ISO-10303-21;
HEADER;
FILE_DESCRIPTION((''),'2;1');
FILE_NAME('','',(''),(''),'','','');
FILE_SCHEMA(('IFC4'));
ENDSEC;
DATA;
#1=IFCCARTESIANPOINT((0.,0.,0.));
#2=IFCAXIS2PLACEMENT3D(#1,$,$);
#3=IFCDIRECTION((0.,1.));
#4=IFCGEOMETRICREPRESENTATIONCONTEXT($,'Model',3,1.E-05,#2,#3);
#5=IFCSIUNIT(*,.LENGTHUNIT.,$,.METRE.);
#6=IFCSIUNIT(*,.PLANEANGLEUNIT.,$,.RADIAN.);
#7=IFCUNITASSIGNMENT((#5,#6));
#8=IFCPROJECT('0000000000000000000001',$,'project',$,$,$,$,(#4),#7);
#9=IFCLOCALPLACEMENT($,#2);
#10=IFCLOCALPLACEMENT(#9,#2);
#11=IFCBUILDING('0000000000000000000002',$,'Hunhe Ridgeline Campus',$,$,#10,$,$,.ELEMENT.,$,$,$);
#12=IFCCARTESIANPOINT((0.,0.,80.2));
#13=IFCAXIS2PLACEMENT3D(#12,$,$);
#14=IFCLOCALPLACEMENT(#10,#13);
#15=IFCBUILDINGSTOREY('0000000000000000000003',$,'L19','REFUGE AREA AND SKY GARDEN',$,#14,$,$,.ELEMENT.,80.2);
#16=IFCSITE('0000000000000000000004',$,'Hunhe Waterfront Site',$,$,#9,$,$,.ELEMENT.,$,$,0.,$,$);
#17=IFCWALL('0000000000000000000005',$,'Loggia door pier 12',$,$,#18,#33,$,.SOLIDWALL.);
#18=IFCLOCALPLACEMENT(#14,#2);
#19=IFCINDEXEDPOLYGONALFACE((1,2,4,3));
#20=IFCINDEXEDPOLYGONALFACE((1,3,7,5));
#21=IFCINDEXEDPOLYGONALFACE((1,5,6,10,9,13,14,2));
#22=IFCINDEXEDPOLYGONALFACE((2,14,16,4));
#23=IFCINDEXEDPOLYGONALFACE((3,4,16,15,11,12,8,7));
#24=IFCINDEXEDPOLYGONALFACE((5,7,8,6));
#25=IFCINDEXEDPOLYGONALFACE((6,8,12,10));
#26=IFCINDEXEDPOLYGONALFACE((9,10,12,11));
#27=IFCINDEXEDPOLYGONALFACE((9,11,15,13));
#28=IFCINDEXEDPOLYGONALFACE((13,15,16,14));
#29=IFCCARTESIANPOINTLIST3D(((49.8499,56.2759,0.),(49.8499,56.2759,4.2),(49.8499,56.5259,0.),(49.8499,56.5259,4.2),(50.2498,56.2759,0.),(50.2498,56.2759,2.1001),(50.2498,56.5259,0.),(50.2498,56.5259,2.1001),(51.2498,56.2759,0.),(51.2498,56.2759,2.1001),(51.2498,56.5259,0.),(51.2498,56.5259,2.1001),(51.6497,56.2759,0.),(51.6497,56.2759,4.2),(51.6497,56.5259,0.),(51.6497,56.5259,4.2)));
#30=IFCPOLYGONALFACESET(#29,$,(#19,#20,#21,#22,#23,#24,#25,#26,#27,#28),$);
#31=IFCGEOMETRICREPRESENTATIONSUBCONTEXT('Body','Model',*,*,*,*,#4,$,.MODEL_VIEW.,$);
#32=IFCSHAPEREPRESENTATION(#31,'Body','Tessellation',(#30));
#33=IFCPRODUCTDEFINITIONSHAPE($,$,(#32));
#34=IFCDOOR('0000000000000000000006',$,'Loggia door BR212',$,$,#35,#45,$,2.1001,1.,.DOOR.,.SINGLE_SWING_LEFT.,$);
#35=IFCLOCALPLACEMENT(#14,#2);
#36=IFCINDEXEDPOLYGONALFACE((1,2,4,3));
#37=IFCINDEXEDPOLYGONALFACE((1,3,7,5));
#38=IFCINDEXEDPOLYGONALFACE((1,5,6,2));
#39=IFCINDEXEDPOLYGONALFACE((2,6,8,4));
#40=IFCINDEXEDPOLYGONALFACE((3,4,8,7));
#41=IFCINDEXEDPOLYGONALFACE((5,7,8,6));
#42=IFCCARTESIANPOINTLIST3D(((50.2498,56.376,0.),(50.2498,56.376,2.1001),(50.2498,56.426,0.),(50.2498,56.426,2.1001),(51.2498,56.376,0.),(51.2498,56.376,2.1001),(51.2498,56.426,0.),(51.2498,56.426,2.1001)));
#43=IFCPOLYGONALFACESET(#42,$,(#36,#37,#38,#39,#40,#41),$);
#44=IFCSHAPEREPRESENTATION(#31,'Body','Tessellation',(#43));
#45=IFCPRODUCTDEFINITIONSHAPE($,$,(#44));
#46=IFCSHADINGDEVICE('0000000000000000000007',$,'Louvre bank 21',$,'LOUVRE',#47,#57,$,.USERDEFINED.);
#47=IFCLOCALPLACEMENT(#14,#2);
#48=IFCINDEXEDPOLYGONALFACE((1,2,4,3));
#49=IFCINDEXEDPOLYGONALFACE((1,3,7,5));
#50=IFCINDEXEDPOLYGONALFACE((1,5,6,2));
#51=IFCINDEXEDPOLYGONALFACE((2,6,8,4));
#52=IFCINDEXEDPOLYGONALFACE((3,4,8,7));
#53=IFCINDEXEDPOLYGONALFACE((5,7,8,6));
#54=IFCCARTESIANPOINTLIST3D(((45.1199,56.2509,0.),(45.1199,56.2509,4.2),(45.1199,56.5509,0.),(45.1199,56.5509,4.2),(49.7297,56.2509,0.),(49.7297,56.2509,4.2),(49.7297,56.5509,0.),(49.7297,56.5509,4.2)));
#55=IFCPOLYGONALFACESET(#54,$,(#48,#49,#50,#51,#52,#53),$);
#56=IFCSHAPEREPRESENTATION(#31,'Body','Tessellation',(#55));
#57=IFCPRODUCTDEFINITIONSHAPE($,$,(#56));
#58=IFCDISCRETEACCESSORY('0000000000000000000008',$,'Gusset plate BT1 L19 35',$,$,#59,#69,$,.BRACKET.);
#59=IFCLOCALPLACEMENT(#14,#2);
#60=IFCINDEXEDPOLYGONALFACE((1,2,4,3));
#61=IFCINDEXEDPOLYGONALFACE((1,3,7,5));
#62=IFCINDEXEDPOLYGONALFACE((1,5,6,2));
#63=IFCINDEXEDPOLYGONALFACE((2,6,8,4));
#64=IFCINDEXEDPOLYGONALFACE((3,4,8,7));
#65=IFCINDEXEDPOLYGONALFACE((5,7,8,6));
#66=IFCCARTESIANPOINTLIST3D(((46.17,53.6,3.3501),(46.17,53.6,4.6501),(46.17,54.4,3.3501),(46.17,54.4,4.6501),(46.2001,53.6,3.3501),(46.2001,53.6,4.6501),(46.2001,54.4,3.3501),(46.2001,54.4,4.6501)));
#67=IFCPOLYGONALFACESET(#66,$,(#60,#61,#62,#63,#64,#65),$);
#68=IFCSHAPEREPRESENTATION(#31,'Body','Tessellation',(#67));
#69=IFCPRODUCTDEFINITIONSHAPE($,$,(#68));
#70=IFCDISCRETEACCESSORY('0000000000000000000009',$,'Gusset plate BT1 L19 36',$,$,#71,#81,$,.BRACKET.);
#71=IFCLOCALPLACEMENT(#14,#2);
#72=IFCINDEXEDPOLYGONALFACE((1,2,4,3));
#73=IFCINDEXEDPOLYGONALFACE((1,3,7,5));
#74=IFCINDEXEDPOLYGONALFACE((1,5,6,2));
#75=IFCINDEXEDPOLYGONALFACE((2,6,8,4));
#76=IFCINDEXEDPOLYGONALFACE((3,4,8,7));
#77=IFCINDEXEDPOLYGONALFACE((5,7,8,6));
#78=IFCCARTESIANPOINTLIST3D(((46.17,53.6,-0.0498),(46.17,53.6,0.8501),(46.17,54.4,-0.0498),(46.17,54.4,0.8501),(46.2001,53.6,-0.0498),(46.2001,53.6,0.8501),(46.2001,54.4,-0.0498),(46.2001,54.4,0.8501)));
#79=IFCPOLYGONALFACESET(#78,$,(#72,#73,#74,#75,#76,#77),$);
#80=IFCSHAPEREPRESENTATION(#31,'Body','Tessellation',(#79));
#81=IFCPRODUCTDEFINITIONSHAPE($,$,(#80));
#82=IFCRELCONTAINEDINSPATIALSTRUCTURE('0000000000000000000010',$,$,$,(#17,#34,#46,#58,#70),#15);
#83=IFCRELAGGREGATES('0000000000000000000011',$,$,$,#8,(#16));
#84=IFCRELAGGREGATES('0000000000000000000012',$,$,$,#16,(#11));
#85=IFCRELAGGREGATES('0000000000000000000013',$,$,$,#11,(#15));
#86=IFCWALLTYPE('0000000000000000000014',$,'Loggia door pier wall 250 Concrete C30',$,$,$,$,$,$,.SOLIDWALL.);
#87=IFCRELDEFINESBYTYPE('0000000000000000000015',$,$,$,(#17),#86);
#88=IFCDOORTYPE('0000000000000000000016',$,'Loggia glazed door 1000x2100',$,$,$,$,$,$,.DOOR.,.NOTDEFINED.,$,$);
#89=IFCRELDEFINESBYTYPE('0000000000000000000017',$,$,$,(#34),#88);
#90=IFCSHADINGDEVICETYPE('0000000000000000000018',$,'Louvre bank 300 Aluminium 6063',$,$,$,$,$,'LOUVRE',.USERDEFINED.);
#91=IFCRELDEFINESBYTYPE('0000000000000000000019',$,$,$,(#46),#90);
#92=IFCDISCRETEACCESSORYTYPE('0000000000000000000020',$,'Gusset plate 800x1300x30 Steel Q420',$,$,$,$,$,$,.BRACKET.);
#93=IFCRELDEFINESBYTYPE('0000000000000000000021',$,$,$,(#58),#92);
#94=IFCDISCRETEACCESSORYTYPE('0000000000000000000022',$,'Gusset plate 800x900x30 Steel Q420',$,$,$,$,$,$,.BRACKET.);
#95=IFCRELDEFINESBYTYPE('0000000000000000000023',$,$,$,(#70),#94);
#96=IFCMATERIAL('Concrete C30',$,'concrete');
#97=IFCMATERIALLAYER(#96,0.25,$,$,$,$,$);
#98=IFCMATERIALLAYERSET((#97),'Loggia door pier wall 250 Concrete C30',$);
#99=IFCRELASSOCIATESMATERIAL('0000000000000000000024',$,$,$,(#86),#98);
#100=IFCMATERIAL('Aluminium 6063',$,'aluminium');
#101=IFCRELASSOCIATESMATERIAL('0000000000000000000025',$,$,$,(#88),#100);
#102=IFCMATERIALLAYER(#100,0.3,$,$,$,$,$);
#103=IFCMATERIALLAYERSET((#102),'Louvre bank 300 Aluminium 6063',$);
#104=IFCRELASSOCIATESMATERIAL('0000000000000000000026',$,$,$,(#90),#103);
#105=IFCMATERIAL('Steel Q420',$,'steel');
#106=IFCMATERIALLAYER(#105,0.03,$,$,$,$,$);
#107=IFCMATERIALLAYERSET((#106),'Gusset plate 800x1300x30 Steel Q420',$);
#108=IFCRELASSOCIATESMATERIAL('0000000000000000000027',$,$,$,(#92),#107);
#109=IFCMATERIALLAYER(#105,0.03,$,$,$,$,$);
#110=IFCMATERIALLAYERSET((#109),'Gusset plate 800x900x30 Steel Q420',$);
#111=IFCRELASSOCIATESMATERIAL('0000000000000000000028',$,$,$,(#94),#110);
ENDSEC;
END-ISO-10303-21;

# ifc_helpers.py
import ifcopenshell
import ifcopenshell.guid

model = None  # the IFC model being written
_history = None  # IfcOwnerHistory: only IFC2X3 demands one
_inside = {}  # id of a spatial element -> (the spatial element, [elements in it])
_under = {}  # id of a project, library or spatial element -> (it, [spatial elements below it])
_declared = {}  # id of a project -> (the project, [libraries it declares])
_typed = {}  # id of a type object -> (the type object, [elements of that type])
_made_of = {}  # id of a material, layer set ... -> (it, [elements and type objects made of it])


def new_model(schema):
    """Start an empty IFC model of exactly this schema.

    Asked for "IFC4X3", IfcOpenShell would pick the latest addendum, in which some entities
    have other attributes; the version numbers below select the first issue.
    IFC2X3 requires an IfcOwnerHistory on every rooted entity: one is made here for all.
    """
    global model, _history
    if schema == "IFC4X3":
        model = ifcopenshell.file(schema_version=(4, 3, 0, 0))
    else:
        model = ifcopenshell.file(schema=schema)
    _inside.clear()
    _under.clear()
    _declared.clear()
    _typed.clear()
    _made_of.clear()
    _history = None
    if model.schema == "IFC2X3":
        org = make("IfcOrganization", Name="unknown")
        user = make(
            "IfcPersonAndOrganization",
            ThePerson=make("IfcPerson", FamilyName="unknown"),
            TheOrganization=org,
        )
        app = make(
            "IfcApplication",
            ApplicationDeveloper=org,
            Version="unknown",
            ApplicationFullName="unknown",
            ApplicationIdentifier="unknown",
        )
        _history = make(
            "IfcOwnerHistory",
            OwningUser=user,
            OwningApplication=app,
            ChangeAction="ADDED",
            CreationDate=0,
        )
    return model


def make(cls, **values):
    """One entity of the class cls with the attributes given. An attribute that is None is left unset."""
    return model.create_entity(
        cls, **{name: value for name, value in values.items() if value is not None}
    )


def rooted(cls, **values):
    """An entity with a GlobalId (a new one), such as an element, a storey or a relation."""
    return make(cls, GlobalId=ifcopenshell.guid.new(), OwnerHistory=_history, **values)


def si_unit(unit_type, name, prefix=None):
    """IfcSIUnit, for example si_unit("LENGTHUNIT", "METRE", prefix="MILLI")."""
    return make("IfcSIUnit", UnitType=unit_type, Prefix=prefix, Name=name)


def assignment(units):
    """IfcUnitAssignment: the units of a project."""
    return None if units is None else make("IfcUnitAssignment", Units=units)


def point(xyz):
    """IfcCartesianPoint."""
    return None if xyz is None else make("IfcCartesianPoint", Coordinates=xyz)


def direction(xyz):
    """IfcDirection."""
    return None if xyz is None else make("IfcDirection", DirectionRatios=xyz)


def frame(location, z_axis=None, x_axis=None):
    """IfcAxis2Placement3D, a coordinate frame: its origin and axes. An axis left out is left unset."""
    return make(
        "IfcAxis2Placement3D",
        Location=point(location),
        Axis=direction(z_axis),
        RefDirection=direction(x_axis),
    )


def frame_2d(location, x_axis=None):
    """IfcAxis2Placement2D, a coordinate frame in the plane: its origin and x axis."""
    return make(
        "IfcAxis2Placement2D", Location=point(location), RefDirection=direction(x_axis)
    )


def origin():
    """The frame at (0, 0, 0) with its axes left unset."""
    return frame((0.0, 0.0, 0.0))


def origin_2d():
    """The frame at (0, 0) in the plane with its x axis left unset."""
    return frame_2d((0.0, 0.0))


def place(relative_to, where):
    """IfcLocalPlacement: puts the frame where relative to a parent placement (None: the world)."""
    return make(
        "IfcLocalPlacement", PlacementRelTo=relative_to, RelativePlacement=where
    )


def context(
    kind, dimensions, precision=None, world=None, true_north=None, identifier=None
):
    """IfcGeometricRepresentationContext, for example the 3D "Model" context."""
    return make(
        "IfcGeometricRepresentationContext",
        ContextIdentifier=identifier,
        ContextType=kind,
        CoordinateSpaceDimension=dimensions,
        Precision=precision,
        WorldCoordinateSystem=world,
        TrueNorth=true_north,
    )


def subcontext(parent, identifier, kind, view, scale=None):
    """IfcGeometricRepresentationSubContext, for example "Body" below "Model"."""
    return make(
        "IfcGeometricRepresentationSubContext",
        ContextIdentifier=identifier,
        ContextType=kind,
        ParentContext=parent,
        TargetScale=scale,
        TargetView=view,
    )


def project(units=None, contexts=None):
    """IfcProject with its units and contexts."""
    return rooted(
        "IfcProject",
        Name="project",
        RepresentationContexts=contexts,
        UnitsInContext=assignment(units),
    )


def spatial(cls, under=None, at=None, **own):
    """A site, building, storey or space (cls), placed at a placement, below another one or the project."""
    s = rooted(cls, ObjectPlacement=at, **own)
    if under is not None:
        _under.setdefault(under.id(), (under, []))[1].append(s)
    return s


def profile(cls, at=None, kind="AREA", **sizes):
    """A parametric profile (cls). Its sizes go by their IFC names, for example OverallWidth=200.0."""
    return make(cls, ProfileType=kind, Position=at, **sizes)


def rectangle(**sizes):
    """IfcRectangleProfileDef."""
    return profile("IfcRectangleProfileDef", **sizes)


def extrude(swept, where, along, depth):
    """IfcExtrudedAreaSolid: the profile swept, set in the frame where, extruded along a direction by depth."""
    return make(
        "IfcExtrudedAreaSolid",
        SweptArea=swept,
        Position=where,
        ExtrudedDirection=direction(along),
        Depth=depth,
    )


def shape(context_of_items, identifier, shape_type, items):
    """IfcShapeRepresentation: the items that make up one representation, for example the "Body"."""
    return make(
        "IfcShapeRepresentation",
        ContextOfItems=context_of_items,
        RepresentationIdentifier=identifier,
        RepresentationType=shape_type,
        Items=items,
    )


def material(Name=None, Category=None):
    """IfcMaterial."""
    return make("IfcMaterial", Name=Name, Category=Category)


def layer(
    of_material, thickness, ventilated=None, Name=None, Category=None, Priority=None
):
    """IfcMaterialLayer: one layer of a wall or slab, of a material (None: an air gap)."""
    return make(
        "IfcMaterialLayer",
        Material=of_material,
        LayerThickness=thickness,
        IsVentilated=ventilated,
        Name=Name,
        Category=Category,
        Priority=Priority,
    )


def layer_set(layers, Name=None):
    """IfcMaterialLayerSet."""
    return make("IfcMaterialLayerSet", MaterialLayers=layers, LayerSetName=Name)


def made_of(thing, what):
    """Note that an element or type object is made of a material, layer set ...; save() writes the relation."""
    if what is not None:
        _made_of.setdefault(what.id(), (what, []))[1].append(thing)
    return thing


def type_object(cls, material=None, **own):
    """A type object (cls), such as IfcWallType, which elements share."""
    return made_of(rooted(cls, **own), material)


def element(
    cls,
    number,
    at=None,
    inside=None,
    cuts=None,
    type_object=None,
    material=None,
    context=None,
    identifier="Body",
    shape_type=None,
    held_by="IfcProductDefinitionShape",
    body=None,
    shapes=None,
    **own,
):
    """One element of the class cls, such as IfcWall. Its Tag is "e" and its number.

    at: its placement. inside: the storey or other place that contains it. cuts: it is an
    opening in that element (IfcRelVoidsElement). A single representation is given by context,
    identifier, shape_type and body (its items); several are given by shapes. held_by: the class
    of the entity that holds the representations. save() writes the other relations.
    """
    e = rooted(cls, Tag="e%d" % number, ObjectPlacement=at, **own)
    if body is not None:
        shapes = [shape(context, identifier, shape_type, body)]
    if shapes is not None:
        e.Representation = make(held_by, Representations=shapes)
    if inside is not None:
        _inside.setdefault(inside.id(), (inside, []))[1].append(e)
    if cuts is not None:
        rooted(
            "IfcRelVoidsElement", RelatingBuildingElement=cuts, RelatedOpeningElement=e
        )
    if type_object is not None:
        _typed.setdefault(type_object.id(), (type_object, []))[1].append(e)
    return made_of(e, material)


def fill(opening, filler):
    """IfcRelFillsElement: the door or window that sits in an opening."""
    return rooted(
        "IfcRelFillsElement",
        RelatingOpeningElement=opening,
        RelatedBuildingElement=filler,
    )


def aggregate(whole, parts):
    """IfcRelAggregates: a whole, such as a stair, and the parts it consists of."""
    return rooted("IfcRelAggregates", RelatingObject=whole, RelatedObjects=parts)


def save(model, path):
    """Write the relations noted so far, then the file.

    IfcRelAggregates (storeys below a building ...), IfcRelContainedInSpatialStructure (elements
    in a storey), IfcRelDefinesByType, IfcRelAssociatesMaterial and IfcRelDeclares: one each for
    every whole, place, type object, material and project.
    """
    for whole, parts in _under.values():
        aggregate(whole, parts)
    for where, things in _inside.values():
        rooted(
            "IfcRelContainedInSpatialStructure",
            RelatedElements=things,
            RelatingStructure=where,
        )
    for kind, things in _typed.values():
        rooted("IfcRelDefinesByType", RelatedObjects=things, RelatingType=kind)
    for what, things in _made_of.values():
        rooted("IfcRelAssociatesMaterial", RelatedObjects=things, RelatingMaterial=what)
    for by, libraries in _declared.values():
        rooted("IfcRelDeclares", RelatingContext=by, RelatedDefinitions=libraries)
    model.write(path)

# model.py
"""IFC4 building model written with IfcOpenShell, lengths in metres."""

from ifc_helpers import new_model, si_unit, direction, frame, frame_2d, origin, origin_2d, place, context, subcontext, project, spatial, rectangle, extrude, material, layer, layer_set, type_object, element, fill, save


model = new_model("IFC4")

# Units and contexts
model_context = context("Model", 3, precision=1e-05, world=origin(), true_north=direction((0.0, 1.0)))
body_context = subcontext(model_context, "Body", "Model", "MODEL_VIEW")
ifc_project = project(units=[si_unit("LENGTHUNIT", "METRE"), si_unit("PLANEANGLEUNIT", "RADIAN")], contexts=[model_context])

# Site, building, storey
site_placement = place(None, origin())
site = spatial("IfcSite", under=ifc_project, at=site_placement, Name="Hunhe Waterfront Site", CompositionType="ELEMENT", RefElevation=0.0)
building_placement = place(site_placement, origin())
building = spatial("IfcBuilding", under=site, at=building_placement, Name="Hunhe Ridgeline Campus", CompositionType="ELEMENT")
storey_placement = place(building_placement, frame((0.0, 0.0, 80.2)))
storey = spatial("IfcBuildingStorey", under=building, at=storey_placement, Name="L19", Description="REFUGE AREA AND SKY GARDEN", CompositionType="ELEMENT", Elevation=80.2)

# Shared definitions
ifc_material_1 = material(Name="Steel Q420", Category="steel")
ifc_material_2 = material(Name="Aluminium 6063", Category="aluminium")

# Wall, opening, door
ifc_material_3 = material(Name="Concrete C30", Category="concrete")
ifc_layer_1 = layer(ifc_material_3, 0.25)
ifc_layer_set_1 = layer_set([ifc_layer_1], Name="Loggia door pier wall 250 Concrete C30")
wall_type_1 = type_object("IfcWallType", Name="Loggia door pier wall 250 Concrete C30", PredefinedType="SOLIDWALL", material=ifc_layer_set_1)
wall_1_placement = place(storey_placement, frame((49.8499, 56.4009, 0.0), z_axis=(0.0, 0.0, 1.0), x_axis=(1.0, 0.0, 0.0)))
wall_1 = element("IfcWall", 1, at=wall_1_placement, inside=storey, type_object=wall_type_1, Name="Loggia door pier 12", PredefinedType="SOLIDWALL", context=body_context, shape_type="SweptSolid", body=[
    extrude(rectangle(XDim=1.7998, YDim=0.25, at=frame_2d((0.8999, 0.0))), origin(), (0.0, 0.0, 1.0), 4.2),
])
opening_placement = place(wall_1_placement, frame((0.3999, 0.0, 0.0)))
opening = element("IfcOpeningElement", 2, at=opening_placement, cuts=wall_1, PredefinedType="OPENING", context=body_context, shape_type="SweptSolid", body=[
    extrude(rectangle(XDim=1.0, YDim=2.1001, at=frame_2d((0.5, 1.05))), frame((0.0, 0.125, 0.0), z_axis=(0.0, -1.0, 0.0), x_axis=(1.0, 0.0, 0.0)), (0.0, 0.0, 1.0), 0.25),
])
door_type = type_object("IfcDoorType", Name="Loggia glazed door 1000x2100", OperationType="NOTDEFINED", PredefinedType="DOOR", material=ifc_material_2)
door_placement = place(opening_placement, frame((1.0, 0.0, 0.0), z_axis=(0.0, 0.0, 1.0), x_axis=(-1.0, 0.0, 0.0)))
door = element("IfcDoor", 3, at=door_placement, inside=storey, type_object=door_type, Name="Loggia door BR212", OperationType="SINGLE_SWING_LEFT", OverallHeight=2.1001, OverallWidth=1.0, PredefinedType="DOOR", context=body_context, shape_type="SweptSolid", body=[
    extrude(rectangle(XDim=1.0, YDim=2.1001, at=frame_2d((0.5, 1.05))), frame((0.0, 0.0249, 0.0), z_axis=(0.0, -1.0, 0.0), x_axis=(1.0, 0.0, 0.0)), (0.0, 0.0, 1.0), 0.05),
])
fill(opening, door)

# Shading device
ifc_layer_2 = layer(ifc_material_2, 0.3)
ifc_layer_set_2 = layer_set([ifc_layer_2], Name="Louvre bank 300 Aluminium 6063")
shading_device_type = type_object("IfcShadingDeviceType", Name="Louvre bank 300 Aluminium 6063", ElementType="LOUVRE", PredefinedType="USERDEFINED", material=ifc_layer_set_2)
shading_device_placement = place(storey_placement, frame((47.4248, 56.4009, 0.0), z_axis=(0.0, 0.0, 1.0), x_axis=(1.0, 0.0, 0.0)))
element("IfcShadingDevice", 4, at=shading_device_placement, inside=storey, type_object=shading_device_type, Name="Louvre bank 21", ObjectType="LOUVRE", PredefinedType="USERDEFINED", context=body_context, shape_type="SweptSolid", body=[
    extrude(rectangle(XDim=4.6099, YDim=0.3, at=origin_2d()), origin(), (0.0, 0.0, 1.0), 4.2),
])

# Discrete accessories
ifc_layer_3 = layer(ifc_material_1, 0.03)
ifc_layer_set_3 = layer_set([ifc_layer_3], Name="Gusset plate 800x1300x30 Steel Q420")
discrete_accessory_type_1 = type_object("IfcDiscreteAccessoryType", Name="Gusset plate 800x1300x30 Steel Q420", PredefinedType="BRACKET", material=ifc_layer_set_3)
discrete_accessory_1_placement = place(storey_placement, frame((46.1851, 54.0, 3.3501), z_axis=(0.0, 0.0, 1.0), x_axis=(-1.0, 0.0, 0.0)))
element("IfcDiscreteAccessory", 5, at=discrete_accessory_1_placement, inside=storey, type_object=discrete_accessory_type_1, Name="Gusset plate BT1 L19 35", PredefinedType="BRACKET", context=body_context, shape_type="SweptSolid", body=[
    extrude(rectangle(XDim=0.03, YDim=0.8, at=origin_2d()), origin(), (0.0, 0.0, 1.0), 1.3),
])
ifc_layer_4 = layer(ifc_material_1, 0.03)
ifc_layer_set_4 = layer_set([ifc_layer_4], Name="Gusset plate 800x900x30 Steel Q420")
discrete_accessory_type_2 = type_object("IfcDiscreteAccessoryType", Name="Gusset plate 800x900x30 Steel Q420", PredefinedType="BRACKET", material=ifc_layer_set_4)
discrete_accessory_2_placement = place(storey_placement, frame((46.1851, 54.0, -0.0498), z_axis=(0.0, 0.0, 1.0), x_axis=(-1.0, 0.0, 0.0)))
element("IfcDiscreteAccessory", 6, at=discrete_accessory_2_placement, inside=storey, type_object=discrete_accessory_type_2, Name="Gusset plate BT1 L19 36", PredefinedType="BRACKET", context=body_context, shape_type="SweptSolid", body=[
    extrude(rectangle(XDim=0.03, YDim=0.8, at=origin_2d()), origin(), (0.0, 0.0, 1.0), 0.8999),
])

save(model, "model.ifc")
